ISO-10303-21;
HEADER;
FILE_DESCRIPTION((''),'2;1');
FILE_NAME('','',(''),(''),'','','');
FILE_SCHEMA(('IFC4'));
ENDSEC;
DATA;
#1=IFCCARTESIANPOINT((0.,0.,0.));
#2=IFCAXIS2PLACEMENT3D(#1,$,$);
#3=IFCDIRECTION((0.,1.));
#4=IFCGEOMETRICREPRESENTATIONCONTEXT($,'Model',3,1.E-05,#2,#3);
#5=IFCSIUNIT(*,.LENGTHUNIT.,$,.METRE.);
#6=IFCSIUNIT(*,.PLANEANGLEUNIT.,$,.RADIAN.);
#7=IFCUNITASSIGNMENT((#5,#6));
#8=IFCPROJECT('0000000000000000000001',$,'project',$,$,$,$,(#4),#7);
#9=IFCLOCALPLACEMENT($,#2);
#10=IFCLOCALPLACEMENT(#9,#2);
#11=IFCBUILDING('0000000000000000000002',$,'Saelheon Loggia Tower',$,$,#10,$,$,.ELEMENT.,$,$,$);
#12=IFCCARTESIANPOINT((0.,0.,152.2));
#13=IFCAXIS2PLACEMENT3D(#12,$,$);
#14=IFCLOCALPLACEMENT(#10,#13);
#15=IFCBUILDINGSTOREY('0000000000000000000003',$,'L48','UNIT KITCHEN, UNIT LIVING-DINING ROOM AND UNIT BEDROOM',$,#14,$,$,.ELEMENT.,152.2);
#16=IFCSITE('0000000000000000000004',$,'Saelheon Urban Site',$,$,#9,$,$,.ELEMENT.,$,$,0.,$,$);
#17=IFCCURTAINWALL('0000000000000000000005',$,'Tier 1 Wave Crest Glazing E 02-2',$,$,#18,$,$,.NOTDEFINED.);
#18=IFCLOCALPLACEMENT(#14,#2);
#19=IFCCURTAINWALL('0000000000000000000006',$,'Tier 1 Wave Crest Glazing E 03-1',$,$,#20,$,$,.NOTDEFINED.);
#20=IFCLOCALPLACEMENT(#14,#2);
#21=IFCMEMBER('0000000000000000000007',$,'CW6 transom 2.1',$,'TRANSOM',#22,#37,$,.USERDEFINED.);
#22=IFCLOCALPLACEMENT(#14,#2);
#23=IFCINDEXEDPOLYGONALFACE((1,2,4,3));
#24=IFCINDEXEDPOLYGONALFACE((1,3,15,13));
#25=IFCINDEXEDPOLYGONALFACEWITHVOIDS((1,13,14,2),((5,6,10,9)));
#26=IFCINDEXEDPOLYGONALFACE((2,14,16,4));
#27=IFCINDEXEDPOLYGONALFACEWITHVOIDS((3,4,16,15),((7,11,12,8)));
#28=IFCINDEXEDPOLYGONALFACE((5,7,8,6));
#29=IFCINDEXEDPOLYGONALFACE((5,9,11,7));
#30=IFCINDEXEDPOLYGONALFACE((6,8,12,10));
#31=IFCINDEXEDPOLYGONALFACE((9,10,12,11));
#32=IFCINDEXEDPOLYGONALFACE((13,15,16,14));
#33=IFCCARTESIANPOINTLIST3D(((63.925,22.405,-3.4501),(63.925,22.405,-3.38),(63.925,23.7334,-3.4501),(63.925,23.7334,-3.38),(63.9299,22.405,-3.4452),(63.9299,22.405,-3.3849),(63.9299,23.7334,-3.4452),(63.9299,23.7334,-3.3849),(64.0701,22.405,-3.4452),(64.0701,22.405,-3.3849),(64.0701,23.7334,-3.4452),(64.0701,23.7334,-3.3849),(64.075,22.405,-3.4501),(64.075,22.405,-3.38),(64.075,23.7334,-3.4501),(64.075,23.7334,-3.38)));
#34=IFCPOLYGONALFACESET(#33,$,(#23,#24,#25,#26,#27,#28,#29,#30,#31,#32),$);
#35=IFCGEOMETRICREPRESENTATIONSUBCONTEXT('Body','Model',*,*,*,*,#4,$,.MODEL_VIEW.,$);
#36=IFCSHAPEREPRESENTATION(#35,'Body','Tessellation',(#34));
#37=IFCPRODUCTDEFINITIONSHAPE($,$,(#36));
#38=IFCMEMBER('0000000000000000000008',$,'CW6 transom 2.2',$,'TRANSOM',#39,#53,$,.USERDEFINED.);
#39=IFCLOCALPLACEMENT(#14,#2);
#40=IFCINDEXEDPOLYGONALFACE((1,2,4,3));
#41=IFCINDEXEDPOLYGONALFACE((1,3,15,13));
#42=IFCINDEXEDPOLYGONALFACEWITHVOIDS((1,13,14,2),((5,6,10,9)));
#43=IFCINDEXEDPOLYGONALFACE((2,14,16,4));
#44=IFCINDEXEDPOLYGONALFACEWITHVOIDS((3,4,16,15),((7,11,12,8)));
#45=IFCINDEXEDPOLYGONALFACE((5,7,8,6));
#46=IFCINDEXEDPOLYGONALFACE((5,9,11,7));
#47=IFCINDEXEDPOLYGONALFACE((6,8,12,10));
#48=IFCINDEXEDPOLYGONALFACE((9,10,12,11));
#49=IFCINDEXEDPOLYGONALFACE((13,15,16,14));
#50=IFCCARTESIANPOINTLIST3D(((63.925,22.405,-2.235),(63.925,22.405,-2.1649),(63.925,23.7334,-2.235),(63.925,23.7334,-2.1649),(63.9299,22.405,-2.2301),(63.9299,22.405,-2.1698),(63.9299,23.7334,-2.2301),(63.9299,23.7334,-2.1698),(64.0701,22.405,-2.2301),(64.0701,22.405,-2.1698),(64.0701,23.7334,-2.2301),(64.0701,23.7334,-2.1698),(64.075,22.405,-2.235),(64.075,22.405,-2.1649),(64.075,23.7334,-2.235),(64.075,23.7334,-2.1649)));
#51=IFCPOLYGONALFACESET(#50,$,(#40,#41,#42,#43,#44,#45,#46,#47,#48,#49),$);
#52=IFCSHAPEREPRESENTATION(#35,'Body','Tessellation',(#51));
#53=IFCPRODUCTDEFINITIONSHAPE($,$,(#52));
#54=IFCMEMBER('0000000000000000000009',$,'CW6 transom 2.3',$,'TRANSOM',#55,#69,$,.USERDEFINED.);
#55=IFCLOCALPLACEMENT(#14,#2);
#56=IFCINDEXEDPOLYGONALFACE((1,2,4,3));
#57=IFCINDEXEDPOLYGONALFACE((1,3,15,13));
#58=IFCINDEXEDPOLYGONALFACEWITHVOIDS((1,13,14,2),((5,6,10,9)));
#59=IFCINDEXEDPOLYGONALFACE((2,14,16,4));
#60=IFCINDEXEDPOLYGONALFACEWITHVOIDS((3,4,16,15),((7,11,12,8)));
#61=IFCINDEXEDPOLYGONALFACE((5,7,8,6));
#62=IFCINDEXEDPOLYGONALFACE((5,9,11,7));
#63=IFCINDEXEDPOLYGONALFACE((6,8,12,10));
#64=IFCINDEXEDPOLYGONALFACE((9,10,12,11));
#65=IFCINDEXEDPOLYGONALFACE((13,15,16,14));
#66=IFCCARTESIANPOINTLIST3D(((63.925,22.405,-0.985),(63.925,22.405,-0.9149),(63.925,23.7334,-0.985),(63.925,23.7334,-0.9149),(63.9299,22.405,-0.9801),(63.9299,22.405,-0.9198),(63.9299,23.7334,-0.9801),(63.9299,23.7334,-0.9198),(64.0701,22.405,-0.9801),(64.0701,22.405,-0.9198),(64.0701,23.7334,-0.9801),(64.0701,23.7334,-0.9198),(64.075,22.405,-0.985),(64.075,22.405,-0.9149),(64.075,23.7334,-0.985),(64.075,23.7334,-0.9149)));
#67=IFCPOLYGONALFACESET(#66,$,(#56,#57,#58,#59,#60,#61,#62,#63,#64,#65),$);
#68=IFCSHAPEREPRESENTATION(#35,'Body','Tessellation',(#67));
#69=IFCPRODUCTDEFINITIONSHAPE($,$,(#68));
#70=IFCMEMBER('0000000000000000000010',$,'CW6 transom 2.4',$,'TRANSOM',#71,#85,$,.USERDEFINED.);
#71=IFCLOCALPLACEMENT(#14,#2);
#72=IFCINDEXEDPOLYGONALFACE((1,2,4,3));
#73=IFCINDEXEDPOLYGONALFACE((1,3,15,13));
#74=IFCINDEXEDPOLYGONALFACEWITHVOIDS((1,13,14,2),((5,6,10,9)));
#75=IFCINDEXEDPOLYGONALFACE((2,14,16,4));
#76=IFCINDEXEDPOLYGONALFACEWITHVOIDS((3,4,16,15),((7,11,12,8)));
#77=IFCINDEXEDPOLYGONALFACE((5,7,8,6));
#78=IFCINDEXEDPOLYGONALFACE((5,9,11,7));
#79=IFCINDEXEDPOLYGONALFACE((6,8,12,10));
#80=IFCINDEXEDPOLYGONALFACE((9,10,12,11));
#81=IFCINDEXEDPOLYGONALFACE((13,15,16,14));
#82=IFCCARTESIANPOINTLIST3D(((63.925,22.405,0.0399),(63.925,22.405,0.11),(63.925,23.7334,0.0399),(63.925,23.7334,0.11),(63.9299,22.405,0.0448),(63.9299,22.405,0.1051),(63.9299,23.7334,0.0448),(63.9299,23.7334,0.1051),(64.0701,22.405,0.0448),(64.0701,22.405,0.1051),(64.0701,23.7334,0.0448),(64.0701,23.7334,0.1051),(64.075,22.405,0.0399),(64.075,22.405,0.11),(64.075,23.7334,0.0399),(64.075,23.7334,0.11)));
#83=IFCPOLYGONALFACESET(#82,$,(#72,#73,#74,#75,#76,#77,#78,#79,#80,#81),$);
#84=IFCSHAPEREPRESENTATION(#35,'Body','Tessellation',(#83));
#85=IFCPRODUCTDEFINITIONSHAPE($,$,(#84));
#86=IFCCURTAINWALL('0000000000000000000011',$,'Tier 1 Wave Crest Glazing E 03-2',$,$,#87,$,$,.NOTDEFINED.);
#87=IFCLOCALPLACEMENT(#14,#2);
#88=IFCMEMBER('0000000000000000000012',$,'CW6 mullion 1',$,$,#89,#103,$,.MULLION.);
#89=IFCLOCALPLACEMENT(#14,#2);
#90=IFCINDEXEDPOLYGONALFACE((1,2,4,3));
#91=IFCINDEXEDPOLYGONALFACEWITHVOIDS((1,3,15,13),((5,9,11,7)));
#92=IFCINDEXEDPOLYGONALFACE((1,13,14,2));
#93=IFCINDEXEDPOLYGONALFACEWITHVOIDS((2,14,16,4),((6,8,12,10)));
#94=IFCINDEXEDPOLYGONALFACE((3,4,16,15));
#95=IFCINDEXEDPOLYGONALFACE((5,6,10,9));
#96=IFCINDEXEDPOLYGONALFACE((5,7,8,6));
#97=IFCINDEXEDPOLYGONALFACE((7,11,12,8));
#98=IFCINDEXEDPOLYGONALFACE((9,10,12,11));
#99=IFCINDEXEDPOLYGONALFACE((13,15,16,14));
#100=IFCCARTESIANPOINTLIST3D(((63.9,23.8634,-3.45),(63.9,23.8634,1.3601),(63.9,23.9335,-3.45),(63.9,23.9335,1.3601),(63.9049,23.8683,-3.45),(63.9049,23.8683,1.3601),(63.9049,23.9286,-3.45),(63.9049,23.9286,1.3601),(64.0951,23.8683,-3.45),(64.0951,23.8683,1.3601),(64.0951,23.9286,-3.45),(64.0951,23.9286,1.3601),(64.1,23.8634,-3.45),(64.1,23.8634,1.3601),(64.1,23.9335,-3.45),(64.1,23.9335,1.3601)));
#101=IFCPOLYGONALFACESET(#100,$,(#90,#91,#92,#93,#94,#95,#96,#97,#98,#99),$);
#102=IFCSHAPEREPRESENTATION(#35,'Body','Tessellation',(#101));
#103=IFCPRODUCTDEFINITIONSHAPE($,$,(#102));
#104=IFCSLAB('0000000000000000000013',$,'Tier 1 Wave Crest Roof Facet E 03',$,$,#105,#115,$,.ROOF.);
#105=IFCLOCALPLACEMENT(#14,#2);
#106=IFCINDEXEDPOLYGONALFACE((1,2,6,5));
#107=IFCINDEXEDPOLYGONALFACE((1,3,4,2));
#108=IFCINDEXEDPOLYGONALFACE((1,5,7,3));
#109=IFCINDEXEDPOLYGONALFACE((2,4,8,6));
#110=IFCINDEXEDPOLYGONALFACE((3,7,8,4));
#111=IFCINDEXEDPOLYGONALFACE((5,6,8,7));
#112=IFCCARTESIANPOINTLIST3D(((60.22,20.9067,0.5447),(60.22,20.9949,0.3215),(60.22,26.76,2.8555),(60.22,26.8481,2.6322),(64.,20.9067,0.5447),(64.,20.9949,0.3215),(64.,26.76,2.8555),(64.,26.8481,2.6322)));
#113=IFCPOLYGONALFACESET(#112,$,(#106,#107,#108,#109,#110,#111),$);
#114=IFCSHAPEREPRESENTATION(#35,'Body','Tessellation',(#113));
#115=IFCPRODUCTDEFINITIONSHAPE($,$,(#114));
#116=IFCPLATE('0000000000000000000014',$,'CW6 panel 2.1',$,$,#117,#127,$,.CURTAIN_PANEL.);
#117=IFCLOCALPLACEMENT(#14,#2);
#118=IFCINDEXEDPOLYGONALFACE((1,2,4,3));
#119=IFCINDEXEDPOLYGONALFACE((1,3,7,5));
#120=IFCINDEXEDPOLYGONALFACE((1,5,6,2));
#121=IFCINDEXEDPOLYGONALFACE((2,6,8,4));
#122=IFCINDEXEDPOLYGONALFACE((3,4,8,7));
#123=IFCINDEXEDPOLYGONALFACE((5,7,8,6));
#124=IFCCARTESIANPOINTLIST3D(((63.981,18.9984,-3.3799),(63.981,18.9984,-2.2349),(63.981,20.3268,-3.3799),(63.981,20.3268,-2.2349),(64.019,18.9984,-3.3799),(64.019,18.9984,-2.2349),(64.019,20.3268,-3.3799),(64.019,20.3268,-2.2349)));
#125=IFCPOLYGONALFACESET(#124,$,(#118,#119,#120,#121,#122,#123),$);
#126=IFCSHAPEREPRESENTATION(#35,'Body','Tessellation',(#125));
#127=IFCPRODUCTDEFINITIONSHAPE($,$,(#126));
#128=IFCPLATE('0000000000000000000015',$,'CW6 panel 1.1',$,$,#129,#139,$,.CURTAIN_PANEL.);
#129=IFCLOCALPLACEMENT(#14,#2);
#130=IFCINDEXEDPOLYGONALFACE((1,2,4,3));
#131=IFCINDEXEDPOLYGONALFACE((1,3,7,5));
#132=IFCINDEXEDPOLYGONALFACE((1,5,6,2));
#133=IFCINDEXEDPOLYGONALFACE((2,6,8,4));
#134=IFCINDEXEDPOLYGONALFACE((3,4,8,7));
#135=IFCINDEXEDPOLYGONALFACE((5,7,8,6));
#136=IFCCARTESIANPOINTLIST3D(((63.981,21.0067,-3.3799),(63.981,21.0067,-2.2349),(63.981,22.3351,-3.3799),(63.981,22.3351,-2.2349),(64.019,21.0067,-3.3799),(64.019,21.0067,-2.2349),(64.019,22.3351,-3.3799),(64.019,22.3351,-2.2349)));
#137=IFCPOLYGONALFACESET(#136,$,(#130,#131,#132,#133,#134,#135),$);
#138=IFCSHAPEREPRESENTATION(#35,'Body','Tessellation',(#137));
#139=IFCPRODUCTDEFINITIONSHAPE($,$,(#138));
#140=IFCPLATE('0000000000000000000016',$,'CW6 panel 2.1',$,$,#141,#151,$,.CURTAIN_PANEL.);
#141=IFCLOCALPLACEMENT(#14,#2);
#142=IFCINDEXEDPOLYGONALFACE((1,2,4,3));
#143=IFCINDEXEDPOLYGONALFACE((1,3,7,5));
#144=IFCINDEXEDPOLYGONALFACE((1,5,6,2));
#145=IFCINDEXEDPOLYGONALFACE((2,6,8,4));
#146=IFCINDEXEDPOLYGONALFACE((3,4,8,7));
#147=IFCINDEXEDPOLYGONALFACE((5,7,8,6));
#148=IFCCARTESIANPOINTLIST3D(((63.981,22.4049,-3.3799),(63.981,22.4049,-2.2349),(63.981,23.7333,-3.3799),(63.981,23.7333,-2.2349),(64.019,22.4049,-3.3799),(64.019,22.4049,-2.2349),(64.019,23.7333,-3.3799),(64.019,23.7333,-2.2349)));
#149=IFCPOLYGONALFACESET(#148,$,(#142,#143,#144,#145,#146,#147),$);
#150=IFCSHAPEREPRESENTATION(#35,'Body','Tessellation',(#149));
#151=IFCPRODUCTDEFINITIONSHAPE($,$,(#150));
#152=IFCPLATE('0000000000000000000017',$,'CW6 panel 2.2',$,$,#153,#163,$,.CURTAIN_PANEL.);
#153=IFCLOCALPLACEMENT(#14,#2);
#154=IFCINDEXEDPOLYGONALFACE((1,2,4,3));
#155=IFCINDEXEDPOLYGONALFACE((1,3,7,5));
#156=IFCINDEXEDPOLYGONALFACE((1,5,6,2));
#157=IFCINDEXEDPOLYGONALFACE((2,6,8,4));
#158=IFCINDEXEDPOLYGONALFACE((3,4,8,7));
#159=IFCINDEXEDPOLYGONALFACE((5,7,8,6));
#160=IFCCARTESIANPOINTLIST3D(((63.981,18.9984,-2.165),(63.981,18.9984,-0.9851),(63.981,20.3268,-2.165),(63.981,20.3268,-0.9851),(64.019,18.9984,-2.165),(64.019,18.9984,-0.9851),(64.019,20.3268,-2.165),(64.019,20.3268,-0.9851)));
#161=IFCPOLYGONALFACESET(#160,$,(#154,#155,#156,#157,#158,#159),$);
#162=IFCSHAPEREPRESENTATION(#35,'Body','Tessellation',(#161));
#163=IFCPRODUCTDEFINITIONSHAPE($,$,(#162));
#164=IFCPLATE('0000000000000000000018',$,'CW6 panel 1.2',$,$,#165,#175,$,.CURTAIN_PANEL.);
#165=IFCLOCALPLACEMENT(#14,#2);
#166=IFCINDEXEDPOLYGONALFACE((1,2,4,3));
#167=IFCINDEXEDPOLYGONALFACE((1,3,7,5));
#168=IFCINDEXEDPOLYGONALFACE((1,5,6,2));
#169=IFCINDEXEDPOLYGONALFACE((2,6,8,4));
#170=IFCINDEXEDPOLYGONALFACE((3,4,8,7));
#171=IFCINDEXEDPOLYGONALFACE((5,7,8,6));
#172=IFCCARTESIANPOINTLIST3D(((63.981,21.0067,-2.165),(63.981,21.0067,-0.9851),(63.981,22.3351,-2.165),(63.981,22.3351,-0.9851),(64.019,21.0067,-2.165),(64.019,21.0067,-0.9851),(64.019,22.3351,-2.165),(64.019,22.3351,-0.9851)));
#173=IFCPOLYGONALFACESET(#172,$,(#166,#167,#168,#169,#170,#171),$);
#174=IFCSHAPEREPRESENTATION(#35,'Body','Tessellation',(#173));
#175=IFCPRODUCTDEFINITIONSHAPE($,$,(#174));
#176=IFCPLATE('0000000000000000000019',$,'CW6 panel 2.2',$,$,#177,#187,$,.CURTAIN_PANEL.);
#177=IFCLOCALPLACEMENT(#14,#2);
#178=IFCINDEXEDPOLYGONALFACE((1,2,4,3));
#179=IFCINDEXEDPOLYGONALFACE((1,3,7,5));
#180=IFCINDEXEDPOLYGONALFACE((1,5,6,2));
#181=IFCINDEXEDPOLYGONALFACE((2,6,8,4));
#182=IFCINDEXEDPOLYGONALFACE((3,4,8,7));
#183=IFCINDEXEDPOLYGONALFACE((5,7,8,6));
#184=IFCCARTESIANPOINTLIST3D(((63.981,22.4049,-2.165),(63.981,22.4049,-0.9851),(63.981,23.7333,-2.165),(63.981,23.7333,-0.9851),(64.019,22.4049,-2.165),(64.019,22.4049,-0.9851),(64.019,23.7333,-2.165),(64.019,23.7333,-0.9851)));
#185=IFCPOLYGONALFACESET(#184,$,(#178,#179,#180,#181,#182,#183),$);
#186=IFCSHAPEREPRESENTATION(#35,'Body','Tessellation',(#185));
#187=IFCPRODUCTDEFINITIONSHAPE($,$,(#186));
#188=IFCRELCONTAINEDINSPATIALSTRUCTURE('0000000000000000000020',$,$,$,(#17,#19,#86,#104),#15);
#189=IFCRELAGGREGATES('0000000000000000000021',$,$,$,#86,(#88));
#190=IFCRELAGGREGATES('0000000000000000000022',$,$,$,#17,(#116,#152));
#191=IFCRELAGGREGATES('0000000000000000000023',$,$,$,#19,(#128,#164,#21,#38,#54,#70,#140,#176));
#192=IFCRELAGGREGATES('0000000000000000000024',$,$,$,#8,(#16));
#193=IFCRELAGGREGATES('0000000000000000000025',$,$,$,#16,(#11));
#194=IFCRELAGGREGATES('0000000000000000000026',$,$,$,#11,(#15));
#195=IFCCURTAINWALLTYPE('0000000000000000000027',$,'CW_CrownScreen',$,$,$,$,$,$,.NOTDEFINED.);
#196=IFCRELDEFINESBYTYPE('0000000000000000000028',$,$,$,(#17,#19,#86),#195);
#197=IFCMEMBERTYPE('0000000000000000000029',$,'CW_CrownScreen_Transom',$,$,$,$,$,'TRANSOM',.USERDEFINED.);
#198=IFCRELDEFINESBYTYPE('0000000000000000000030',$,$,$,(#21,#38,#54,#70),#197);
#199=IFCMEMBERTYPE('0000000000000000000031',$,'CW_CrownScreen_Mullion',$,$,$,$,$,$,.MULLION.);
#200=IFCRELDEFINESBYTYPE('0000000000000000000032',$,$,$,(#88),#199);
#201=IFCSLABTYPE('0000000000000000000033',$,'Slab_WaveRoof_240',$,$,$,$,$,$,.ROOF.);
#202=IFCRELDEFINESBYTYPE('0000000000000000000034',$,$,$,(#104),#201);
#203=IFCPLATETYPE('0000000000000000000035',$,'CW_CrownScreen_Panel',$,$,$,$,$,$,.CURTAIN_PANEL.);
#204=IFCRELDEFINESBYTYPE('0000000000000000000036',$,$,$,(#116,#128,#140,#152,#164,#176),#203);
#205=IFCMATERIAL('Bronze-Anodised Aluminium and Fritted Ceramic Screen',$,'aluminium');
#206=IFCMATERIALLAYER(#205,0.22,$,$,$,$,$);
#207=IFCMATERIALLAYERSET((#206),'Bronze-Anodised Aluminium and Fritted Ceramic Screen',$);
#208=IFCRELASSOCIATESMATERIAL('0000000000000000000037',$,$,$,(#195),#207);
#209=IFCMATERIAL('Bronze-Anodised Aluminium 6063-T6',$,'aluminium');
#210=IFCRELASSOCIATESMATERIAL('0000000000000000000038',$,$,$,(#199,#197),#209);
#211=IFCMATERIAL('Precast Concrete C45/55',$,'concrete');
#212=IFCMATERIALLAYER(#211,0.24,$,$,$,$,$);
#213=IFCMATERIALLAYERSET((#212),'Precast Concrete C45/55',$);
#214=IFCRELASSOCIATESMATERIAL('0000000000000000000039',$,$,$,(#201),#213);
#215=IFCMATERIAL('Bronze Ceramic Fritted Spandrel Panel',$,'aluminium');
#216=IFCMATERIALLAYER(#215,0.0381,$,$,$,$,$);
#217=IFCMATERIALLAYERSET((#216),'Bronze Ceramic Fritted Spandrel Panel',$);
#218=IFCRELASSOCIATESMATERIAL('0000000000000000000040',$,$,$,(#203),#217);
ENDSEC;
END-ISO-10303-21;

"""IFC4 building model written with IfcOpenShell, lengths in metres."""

from ifc_helpers import new_model, si_unit, direction, frame, origin, origin_2d, place, context, subcontext, project, spatial, polyline, rectangle, hollow_rectangle, outline, extrude, source, transform, mapped, material, layer, layer_set, material_profile, profile_set, type_object, element, aggregate, save


model = new_model("IFC4")

# Units and contexts
model_context = context("Model", 3, precision=1e-05, world=origin(), true_north=direction((0.0, 1.0)))
body_context = subcontext(model_context, "Body", "Model", "MODEL_VIEW")
ifc_project = project(units=[si_unit("LENGTHUNIT", "METRE"), si_unit("PLANEANGLEUNIT", "RADIAN")], contexts=[model_context])

# Site, building, storey
site_placement = place(None, origin())
site = spatial("IfcSite", under=ifc_project, at=site_placement, Name="Saelheon Urban Site", CompositionType="ELEMENT", RefElevation=0.0)
building_placement = place(site_placement, origin())
building = spatial("IfcBuilding", under=site, at=building_placement, Name="Saelheon Loggia Tower", CompositionType="ELEMENT")
storey_placement = place(building_placement, frame((0.0, 0.0, 152.2)))
storey = spatial("IfcBuildingStorey", under=building, at=storey_placement, Name="L48", Description="UNIT KITCHEN, UNIT LIVING-DINING ROOM AND UNIT BEDROOM", CompositionType="ELEMENT", Elevation=152.2)

# Curtain walls
ifc_material_1 = material(Name="Bronze-Anodised Aluminium and Fritted Ceramic Screen", Category="aluminium")
ifc_layer_1 = layer(ifc_material_1, 0.22)
ifc_layer_set_1 = layer_set([ifc_layer_1], Name="Bronze-Anodised Aluminium and Fritted Ceramic Screen")
curtain_wall_type = type_object("IfcCurtainWallType", Name="CW_CrownScreen", PredefinedType="NOTDEFINED", material=ifc_layer_set_1)
curtain_wall_1_placement = place(storey_placement, origin())
curtain_wall_1 = element("IfcCurtainWall", 1, at=curtain_wall_1_placement, inside=storey, type_object=curtain_wall_type, Name="Tier 1 Wave Crest Glazing E 02-2", PredefinedType="NOTDEFINED")
ifc_material_2 = material(Name="Bronze-Anodised Aluminium 6063-T6", Category="aluminium")
ifc_material_profile_1 = material_profile(ifc_material_2, hollow_rectangle(XDim=0.0701, YDim=0.2, WallThickness=0.0049, at=origin_2d()), Name="RHS-200x70x5")
ifc_profile_set_1 = profile_set([ifc_material_profile_1], Name="Bronze-Anodised Aluminium 6063-T6")
member_type_1 = type_object("IfcMemberType", Name="CW_CrownScreen_Mullion", PredefinedType="MULLION", material=ifc_profile_set_1)
curtain_wall_2_placement = place(storey_placement, origin())
curtain_wall_2 = element("IfcCurtainWall", 2, at=curtain_wall_2_placement, inside=storey, type_object=curtain_wall_type, Name="Tier 1 Wave Crest Glazing E 03-1", PredefinedType="NOTDEFINED")

# Members
ifc_material_profile_2 = material_profile(ifc_material_2, hollow_rectangle(XDim=0.0701, YDim=0.1499, WallThickness=0.0049, at=origin_2d()), Name="RHS-150x70x5")
ifc_profile_set_2 = profile_set([ifc_material_profile_2], Name="Bronze-Anodised Aluminium 6063-T6")
member_type_2 = type_object("IfcMemberType", Name="CW_CrownScreen_Transom", ElementType="TRANSOM", PredefinedType="USERDEFINED", material=ifc_profile_set_2)
shared_shape_1 = source(origin(), body_context, "Body", "SweptSolid", [
    extrude(hollow_rectangle(XDim=0.0701, YDim=0.1499, WallThickness=0.0049, at=origin_2d()), origin(), (0.0, 0.0, 1.0), 1.3284),
])
member_1_placement = place(storey_placement, frame((64.0, 22.405, -3.415), z_axis=(0.0, 1.0, 0.0), x_axis=(0.0, 0.0, 1.0)))
member_1 = element("IfcMember", 3, at=member_1_placement, type_object=member_type_2, Name="CW6 transom 2.1", ObjectType="TRANSOM", PredefinedType="USERDEFINED", context=body_context, shape_type="MappedRepresentation", body=[
    mapped(shared_shape_1, transform((0.0, 0.0, 0.0), scale=1.0)),
])
member_2_placement = place(storey_placement, frame((64.0, 22.405, -2.2), z_axis=(0.0, 1.0, 0.0), x_axis=(0.0, 0.0, 1.0)))
member_2 = element("IfcMember", 4, at=member_2_placement, type_object=member_type_2, Name="CW6 transom 2.2", ObjectType="TRANSOM", PredefinedType="USERDEFINED", context=body_context, shape_type="MappedRepresentation", body=[
    mapped(shared_shape_1, transform((0.0, 0.0, 0.0), scale=1.0)),
])
member_3_placement = place(storey_placement, frame((64.0, 22.405, -0.95), z_axis=(0.0, 1.0, 0.0), x_axis=(0.0, 0.0, 1.0)))
member_3 = element("IfcMember", 5, at=member_3_placement, type_object=member_type_2, Name="CW6 transom 2.3", ObjectType="TRANSOM", PredefinedType="USERDEFINED", context=body_context, shape_type="MappedRepresentation", body=[
    mapped(shared_shape_1, transform((0.0, 0.0, 0.0), scale=1.0)),
])
member_4_placement = place(storey_placement, frame((64.0, 22.405, 0.075), z_axis=(0.0, 1.0, 0.0), x_axis=(0.0, 0.0, 1.0)))
member_4 = element("IfcMember", 6, at=member_4_placement, type_object=member_type_2, Name="CW6 transom 2.4", ObjectType="TRANSOM", PredefinedType="USERDEFINED", context=body_context, shape_type="MappedRepresentation", body=[
    mapped(shared_shape_1, transform((0.0, 0.0, 0.0), scale=1.0)),
])

# Curtain wall, member
curtain_wall_3_placement = place(storey_placement, origin())
curtain_wall_3 = element("IfcCurtainWall", 7, at=curtain_wall_3_placement, inside=storey, type_object=curtain_wall_type, Name="Tier 1 Wave Crest Glazing E 03-2", PredefinedType="NOTDEFINED")
shared_shape_2 = source(origin(), body_context, "Body", "SweptSolid", [
    extrude(hollow_rectangle(XDim=0.0701, YDim=0.2, WallThickness=0.0049, at=origin_2d()), origin(), (0.0, 0.0, 1.0), 4.8101),
])
member_5_placement = place(storey_placement, frame((64.0, 23.8984, -3.45), z_axis=(0.0, 0.0, 1.0), x_axis=(0.0, 1.0, 0.0)))
member_5 = element("IfcMember", 8, at=member_5_placement, type_object=member_type_1, Name="CW6 mullion 1", PredefinedType="MULLION", context=body_context, shape_type="MappedRepresentation", body=[
    mapped(shared_shape_2, transform((0.0, 0.0, 0.0), scale=1.0)),
])
aggregate(curtain_wall_3, [member_5])

# Slab
ifc_material_3 = material(Name="Precast Concrete C45/55", Category="concrete")
ifc_layer_2 = layer(ifc_material_3, 0.24)
ifc_layer_set_2 = layer_set([ifc_layer_2], Name="Precast Concrete C45/55")
slab_type = type_object("IfcSlabType", Name="Slab_WaveRoof_240", PredefinedType="ROOF", material=ifc_layer_set_2)
slab_placement = place(storey_placement, frame((60.22, 20.9067, 0.5447), z_axis=(0.0, -0.367206, 0.93014), x_axis=(1.0, 0.0, 0.0)))
element("IfcSlab", 9, at=slab_placement, inside=storey, type_object=slab_type, Name="Tier 1 Wave Crest Roof Facet E 03", PredefinedType="ROOF", context=body_context, shape_type="SweptSolid", body=[
    extrude(outline(polyline([(0.0, 0.0), (3.78, 0.0), (3.78, 6.2929), (0.0, 6.2929), (0.0, 0.0)])), origin(), (0.0, 0.0, -1.0), 0.24),
])

# Plates
ifc_material_4 = material(Name="Bronze Ceramic Fritted Spandrel Panel", Category="aluminium")
ifc_layer_3 = layer(ifc_material_4, 0.0381)
ifc_layer_set_3 = layer_set([ifc_layer_3], Name="Bronze Ceramic Fritted Spandrel Panel")
plate_type = type_object("IfcPlateType", Name="CW_CrownScreen_Panel", PredefinedType="CURTAIN_PANEL", material=ifc_layer_set_3)
shared_shape_3 = source(origin(), body_context, "Body", "SweptSolid", [
    extrude(rectangle(XDim=1.3284, YDim=0.0381, at=origin_2d()), origin(), (0.0, 0.0, 1.0), 1.145),
])
plate_1_placement = place(storey_placement, frame((64.0, 19.6626, -3.3799), z_axis=(0.0, 0.0, 1.0), x_axis=(0.0, 1.0, 0.0)))
plate_1 = element("IfcPlate", 10, at=plate_1_placement, type_object=plate_type, Name="CW6 panel 2.1", PredefinedType="CURTAIN_PANEL", context=body_context, shape_type="MappedRepresentation", body=[
    mapped(shared_shape_3, transform((0.0, 0.0, 0.0), scale=1.0)),
])
plate_2_placement = place(storey_placement, frame((64.0, 21.6709, -3.3799), z_axis=(0.0, 0.0, 1.0), x_axis=(0.0, 1.0, 0.0)))
plate_2 = element("IfcPlate", 11, at=plate_2_placement, type_object=plate_type, Name="CW6 panel 1.1", PredefinedType="CURTAIN_PANEL", context=body_context, shape_type="MappedRepresentation", body=[
    mapped(shared_shape_3, transform((0.0, 0.0, 0.0), scale=1.0)),
])
plate_3_placement = place(storey_placement, frame((64.0, 23.0691, -3.3799), z_axis=(0.0, 0.0, 1.0), x_axis=(0.0, 1.0, 0.0)))
plate_3 = element("IfcPlate", 12, at=plate_3_placement, type_object=plate_type, Name="CW6 panel 2.1", PredefinedType="CURTAIN_PANEL", context=body_context, shape_type="MappedRepresentation", body=[
    mapped(shared_shape_3, transform((0.0, 0.0, 0.0), scale=1.0)),
])
shared_shape_4 = source(origin(), body_context, "Body", "SweptSolid", [
    extrude(rectangle(XDim=1.3284, YDim=0.0381, at=origin_2d()), origin(), (0.0, 0.0, 1.0), 1.1799),
])
plate_4_placement = place(storey_placement, frame((64.0, 19.6626, -2.165), z_axis=(0.0, 0.0, 1.0), x_axis=(0.0, 1.0, 0.0)))
plate_4 = element("IfcPlate", 13, at=plate_4_placement, type_object=plate_type, Name="CW6 panel 2.2", PredefinedType="CURTAIN_PANEL", context=body_context, shape_type="MappedRepresentation", body=[
    mapped(shared_shape_4, transform((0.0, 0.0, 0.0), scale=1.0)),
])
plate_5_placement = place(storey_placement, frame((64.0, 21.6709, -2.165), z_axis=(0.0, 0.0, 1.0), x_axis=(0.0, 1.0, 0.0)))
plate_5 = element("IfcPlate", 14, at=plate_5_placement, type_object=plate_type, Name="CW6 panel 1.2", PredefinedType="CURTAIN_PANEL", context=body_context, shape_type="MappedRepresentation", body=[
    mapped(shared_shape_4, transform((0.0, 0.0, 0.0), scale=1.0)),
])
plate_6_placement = place(storey_placement, frame((64.0, 23.0691, -2.165), z_axis=(0.0, 0.0, 1.0), x_axis=(0.0, 1.0, 0.0)))
plate_6 = element("IfcPlate", 15, at=plate_6_placement, type_object=plate_type, Name="CW6 panel 2.2", PredefinedType="CURTAIN_PANEL", context=body_context, shape_type="MappedRepresentation", body=[
    mapped(shared_shape_4, transform((0.0, 0.0, 0.0), scale=1.0)),
])
aggregate(curtain_wall_1, [plate_1, plate_4])
aggregate(curtain_wall_2, [plate_2, plate_5, member_1, member_2, member_3, member_4, plate_3, plate_6])

save(model, "model.ifc")
